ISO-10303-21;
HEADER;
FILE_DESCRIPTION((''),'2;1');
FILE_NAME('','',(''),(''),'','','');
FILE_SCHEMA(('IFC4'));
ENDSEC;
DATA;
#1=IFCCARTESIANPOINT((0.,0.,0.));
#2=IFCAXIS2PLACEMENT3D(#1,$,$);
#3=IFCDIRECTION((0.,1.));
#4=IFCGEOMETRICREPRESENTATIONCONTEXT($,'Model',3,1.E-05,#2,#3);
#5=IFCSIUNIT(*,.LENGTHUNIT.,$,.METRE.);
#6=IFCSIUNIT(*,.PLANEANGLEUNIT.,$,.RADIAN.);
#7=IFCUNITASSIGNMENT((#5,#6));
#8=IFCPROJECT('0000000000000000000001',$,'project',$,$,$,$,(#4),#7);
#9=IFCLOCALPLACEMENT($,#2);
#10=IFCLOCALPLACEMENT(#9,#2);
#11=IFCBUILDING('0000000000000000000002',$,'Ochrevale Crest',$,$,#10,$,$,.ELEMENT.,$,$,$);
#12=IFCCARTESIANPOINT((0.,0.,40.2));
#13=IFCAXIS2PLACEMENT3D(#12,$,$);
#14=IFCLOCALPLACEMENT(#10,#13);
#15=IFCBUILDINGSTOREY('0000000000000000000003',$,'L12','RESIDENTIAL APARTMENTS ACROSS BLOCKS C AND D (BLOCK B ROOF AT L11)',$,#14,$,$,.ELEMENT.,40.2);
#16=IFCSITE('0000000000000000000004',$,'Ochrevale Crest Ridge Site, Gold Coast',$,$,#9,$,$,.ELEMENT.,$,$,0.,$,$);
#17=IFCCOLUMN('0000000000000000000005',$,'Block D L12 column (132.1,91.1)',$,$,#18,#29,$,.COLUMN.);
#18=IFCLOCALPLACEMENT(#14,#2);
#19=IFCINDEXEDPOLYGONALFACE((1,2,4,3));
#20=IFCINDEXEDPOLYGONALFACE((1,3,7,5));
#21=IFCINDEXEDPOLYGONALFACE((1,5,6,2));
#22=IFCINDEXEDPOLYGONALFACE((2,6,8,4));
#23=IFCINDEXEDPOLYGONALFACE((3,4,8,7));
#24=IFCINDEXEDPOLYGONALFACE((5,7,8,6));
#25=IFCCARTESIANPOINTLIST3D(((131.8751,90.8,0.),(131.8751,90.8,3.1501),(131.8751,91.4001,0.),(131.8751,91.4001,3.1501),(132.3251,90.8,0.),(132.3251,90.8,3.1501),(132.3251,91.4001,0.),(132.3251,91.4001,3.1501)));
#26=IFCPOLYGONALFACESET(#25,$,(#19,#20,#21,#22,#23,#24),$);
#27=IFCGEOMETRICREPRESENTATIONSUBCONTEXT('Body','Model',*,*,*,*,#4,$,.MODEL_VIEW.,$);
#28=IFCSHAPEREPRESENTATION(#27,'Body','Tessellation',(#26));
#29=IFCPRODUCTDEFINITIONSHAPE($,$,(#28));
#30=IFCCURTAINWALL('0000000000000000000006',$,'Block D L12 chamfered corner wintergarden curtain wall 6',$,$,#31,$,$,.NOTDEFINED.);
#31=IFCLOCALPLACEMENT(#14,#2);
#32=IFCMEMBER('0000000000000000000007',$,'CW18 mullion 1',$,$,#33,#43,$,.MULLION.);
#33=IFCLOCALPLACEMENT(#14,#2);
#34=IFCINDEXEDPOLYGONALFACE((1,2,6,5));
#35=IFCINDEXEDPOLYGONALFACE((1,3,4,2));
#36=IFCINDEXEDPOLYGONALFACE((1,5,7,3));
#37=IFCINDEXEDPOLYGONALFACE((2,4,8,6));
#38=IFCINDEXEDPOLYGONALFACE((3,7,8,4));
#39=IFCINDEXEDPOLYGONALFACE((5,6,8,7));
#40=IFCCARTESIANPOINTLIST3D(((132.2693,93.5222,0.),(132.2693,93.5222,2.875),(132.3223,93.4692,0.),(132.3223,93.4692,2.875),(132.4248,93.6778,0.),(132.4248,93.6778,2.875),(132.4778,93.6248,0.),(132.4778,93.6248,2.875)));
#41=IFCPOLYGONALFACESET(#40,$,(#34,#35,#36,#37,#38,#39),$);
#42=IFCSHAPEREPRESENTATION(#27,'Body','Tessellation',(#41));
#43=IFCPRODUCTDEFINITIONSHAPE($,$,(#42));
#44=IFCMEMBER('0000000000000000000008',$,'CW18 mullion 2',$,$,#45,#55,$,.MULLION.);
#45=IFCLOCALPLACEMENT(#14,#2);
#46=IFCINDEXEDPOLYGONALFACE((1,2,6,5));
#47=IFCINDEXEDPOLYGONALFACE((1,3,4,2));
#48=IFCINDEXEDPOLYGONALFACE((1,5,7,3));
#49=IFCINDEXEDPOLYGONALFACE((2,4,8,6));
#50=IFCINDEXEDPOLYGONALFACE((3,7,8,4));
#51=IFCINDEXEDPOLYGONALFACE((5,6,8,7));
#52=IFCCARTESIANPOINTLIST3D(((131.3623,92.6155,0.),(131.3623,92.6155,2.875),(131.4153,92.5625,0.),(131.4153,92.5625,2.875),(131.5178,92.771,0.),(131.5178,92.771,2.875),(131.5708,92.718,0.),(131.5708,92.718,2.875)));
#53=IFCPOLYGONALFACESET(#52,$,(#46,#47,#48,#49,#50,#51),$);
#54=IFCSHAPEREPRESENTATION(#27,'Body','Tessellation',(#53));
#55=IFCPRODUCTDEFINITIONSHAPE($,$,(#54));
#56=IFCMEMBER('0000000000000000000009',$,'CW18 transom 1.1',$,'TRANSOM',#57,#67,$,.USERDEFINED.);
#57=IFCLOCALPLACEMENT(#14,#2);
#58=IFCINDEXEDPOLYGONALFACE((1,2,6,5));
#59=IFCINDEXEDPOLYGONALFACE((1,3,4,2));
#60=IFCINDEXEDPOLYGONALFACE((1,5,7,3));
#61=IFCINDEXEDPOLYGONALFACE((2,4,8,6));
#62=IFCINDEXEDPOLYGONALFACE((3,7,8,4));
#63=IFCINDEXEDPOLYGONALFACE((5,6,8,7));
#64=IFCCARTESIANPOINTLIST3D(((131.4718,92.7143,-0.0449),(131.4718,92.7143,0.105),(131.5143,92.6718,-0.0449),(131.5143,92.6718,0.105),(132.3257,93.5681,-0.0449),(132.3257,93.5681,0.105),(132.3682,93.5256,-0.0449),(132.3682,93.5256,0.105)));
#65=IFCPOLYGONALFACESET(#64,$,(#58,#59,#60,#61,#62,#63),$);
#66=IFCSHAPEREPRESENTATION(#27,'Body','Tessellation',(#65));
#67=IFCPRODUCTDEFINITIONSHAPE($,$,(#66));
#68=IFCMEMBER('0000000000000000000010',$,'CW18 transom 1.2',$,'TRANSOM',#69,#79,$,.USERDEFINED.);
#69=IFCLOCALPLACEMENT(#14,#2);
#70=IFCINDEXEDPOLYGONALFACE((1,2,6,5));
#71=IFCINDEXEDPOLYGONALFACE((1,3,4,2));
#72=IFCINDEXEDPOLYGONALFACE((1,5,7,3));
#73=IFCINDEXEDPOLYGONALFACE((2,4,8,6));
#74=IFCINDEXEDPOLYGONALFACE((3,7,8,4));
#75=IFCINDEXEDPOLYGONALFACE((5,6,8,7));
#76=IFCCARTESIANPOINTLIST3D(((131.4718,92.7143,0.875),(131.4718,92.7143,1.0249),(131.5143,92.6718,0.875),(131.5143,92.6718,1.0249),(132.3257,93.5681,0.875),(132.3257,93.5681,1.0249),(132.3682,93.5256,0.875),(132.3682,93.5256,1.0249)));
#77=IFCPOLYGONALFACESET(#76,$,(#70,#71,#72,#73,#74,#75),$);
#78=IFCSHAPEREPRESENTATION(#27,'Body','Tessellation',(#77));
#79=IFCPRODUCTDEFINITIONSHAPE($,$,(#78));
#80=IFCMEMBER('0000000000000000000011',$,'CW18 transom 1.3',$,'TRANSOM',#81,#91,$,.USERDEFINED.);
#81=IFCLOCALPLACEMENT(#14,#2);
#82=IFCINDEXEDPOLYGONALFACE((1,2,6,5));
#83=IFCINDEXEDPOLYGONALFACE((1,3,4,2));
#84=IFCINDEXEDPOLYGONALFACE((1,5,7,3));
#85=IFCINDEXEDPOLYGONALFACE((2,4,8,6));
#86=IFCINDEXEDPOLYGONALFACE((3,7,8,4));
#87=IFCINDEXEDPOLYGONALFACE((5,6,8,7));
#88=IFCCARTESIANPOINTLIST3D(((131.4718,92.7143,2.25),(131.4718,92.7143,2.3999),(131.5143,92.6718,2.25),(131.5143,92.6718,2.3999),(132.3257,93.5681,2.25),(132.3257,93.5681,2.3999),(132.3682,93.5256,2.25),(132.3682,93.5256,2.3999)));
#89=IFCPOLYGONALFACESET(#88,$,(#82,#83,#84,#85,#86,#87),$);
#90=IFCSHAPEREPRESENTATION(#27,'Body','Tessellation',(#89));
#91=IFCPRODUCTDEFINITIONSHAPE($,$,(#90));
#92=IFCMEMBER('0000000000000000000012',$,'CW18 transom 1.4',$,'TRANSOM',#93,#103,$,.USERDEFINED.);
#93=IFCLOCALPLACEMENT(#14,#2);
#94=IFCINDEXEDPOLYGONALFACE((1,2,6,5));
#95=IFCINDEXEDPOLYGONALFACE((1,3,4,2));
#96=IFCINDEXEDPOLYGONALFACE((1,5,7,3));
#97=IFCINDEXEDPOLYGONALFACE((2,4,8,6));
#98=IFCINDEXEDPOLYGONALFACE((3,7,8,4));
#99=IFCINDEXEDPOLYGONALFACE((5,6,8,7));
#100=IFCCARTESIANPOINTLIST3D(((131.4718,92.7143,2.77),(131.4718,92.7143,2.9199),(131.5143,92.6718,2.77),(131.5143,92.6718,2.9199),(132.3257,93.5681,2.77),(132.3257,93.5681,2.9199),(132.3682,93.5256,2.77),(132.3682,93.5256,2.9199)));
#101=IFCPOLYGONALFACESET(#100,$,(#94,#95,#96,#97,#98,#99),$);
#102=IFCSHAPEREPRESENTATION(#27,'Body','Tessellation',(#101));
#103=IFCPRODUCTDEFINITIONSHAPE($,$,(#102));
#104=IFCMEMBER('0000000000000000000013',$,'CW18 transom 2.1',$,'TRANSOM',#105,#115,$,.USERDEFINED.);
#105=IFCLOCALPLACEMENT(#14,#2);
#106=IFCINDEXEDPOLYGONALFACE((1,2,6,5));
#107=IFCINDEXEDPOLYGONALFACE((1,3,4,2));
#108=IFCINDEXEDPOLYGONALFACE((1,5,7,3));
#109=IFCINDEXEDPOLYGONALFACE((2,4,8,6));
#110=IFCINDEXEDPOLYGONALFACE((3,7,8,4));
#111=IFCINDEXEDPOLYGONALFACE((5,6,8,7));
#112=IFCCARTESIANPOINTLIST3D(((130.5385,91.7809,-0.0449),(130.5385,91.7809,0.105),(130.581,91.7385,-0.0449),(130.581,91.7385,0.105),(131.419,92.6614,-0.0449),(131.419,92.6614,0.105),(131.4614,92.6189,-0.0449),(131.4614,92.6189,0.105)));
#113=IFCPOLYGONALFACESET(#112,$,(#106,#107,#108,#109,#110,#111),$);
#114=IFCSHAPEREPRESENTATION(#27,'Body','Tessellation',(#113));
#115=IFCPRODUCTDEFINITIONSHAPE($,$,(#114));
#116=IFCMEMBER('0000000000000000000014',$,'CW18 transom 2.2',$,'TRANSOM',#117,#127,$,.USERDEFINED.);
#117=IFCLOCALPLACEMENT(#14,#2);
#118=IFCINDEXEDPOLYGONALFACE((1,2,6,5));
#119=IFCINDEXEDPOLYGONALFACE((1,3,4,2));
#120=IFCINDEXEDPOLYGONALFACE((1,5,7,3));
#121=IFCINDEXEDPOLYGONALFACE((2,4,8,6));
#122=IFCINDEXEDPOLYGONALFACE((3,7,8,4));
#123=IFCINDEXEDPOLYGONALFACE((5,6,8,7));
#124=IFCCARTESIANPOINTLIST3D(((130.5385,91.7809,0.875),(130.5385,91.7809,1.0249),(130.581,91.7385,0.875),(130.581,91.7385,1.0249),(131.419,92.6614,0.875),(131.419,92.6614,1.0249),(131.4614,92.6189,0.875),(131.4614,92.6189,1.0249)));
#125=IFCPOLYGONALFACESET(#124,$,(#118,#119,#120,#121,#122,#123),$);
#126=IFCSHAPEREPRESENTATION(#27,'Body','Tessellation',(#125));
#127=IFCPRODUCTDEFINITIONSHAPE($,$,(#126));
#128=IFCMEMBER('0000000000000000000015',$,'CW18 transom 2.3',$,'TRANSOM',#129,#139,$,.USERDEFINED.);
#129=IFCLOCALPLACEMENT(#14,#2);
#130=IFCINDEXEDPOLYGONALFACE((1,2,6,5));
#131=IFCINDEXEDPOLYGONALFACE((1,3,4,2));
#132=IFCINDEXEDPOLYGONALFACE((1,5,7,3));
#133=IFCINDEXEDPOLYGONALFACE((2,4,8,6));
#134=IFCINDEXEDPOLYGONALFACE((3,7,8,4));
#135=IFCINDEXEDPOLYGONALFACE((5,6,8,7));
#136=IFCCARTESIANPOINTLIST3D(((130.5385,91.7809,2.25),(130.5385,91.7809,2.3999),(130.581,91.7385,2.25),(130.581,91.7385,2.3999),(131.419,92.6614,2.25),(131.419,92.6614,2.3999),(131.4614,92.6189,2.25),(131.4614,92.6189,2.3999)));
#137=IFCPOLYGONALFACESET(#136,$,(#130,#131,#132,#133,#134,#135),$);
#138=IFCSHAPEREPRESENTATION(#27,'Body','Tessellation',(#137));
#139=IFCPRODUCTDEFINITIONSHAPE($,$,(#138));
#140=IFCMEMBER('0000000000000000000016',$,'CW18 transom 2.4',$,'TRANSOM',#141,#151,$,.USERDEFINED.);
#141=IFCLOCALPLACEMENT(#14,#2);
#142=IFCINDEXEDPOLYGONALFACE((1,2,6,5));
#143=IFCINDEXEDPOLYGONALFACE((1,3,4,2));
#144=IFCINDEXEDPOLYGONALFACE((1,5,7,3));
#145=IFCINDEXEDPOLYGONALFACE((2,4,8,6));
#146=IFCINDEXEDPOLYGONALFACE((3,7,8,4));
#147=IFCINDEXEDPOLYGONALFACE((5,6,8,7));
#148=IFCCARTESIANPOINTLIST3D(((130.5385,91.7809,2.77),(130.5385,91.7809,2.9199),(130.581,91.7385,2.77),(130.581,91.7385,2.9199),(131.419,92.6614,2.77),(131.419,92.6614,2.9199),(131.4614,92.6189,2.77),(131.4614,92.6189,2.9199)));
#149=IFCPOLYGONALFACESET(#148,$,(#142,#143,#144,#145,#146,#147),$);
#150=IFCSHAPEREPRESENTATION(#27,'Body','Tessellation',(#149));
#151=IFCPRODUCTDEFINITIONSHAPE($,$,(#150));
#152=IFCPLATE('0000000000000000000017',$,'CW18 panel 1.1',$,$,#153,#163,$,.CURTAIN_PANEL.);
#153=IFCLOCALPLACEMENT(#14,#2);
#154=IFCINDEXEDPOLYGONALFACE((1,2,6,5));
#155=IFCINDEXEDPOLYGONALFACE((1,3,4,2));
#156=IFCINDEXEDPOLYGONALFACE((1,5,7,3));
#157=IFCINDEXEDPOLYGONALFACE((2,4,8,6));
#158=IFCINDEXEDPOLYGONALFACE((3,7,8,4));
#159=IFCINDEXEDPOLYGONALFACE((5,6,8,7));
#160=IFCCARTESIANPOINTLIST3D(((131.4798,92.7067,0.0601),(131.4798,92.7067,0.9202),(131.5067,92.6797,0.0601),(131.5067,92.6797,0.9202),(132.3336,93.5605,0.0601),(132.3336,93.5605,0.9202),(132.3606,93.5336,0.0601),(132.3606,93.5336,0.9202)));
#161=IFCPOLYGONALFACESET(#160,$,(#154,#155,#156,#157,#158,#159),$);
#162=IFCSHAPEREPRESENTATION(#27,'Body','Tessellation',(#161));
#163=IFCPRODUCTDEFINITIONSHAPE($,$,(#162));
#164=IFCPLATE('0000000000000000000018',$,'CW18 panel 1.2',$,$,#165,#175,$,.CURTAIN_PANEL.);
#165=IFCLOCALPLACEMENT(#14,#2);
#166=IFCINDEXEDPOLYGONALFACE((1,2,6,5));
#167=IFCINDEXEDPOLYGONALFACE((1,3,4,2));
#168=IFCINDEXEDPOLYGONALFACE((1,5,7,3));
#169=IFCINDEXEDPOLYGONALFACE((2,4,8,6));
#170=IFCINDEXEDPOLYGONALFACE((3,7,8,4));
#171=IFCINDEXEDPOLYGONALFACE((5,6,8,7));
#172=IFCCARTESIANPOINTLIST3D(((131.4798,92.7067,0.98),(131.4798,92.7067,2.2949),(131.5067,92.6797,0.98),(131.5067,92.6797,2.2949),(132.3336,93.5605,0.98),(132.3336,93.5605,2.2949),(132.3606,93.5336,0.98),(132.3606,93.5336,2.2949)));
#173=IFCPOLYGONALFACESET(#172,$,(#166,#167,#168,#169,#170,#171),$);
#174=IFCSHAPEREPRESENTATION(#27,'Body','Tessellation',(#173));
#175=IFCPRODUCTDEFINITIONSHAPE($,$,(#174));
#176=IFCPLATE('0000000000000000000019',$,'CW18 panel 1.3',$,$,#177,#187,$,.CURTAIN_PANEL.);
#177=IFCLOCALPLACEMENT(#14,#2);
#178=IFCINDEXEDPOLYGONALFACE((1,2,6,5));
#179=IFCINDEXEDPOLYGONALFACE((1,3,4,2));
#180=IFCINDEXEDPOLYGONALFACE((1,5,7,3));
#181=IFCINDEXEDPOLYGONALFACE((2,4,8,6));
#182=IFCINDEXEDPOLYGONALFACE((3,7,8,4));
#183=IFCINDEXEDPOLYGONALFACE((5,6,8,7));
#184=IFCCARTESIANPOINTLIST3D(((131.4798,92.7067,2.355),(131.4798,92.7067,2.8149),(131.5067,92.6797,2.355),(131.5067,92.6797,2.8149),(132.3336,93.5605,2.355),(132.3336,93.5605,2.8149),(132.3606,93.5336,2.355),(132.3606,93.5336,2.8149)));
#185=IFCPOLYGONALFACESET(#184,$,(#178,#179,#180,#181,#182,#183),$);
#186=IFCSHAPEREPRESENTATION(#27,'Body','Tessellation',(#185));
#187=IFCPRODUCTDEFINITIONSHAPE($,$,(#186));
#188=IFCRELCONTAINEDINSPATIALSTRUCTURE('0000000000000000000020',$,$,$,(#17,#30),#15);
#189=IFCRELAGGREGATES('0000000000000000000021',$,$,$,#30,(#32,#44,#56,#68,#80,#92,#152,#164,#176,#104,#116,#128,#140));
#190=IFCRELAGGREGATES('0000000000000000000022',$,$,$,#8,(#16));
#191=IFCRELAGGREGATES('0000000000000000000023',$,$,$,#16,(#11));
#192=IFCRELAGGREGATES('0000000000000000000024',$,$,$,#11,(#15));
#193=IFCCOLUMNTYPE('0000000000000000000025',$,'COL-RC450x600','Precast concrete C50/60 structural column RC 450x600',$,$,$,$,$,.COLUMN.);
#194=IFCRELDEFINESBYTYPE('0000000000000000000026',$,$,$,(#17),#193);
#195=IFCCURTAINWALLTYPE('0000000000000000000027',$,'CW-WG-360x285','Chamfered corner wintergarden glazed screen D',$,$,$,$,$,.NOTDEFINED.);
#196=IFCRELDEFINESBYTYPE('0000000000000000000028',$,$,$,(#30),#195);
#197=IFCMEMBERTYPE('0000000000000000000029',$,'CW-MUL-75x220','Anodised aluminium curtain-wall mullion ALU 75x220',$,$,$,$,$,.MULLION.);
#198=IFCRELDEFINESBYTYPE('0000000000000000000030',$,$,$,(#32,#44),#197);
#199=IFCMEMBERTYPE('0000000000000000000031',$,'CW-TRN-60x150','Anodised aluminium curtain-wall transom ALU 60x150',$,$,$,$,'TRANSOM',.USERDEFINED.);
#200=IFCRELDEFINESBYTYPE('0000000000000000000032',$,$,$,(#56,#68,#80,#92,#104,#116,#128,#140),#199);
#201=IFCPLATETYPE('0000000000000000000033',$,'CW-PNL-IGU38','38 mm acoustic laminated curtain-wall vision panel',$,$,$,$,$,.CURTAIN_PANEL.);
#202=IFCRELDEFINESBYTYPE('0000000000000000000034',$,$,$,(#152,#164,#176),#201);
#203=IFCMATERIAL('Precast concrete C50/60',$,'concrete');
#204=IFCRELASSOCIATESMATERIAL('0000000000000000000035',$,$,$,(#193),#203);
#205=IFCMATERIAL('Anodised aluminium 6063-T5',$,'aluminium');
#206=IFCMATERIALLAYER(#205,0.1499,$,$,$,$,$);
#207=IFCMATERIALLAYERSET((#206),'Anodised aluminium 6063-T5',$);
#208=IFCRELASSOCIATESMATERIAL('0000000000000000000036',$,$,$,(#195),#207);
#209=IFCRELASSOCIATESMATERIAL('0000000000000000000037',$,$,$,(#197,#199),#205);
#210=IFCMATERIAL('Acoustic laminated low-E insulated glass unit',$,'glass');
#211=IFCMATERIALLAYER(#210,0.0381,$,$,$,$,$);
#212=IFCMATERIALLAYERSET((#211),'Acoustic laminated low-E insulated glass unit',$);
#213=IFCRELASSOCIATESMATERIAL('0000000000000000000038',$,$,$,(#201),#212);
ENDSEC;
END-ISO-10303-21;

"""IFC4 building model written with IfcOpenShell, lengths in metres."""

from ifc_helpers import new_model, si_unit, direction, frame, origin, origin_2d, place, context, subcontext, project, spatial, rectangle, extrude, material, layer, layer_set, material_profile, profile_set, type_object, element, aggregate, save


model = new_model("IFC4")

# Units and contexts
model_context = context("Model", 3, precision=1e-05, world=origin(), true_north=direction((0.0, 1.0)))
body_context = subcontext(model_context, "Body", "Model", "MODEL_VIEW")
ifc_project = project(units=[si_unit("LENGTHUNIT", "METRE"), si_unit("PLANEANGLEUNIT", "RADIAN")], contexts=[model_context])

# Site, building, storey
site_placement = place(None, origin())
site = spatial("IfcSite", under=ifc_project, at=site_placement, Name="Ochrevale Crest Ridge Site, Gold Coast", CompositionType="ELEMENT", RefElevation=0.0)
building_placement = place(site_placement, origin())
building = spatial("IfcBuilding", under=site, at=building_placement, Name="Ochrevale Crest", CompositionType="ELEMENT")
storey_placement = place(building_placement, frame((0.0, 0.0, 40.2)))
storey = spatial("IfcBuildingStorey", under=building, at=storey_placement, Name="L12", Description="RESIDENTIAL APARTMENTS ACROSS BLOCKS C AND D (BLOCK B ROOF AT L11)", CompositionType="ELEMENT", Elevation=40.2)

# Column
ifc_material_1 = material(Name="Precast concrete C50/60", Category="concrete")
ifc_material_profile_1 = material_profile(ifc_material_1, rectangle(XDim=0.45, YDim=0.6001, at=origin_2d()), Name="RC 450x600")
ifc_profile_set_1 = profile_set([ifc_material_profile_1], Name="Precast concrete C50/60")
column_type = type_object("IfcColumnType", Name="COL-RC450x600", Description="Precast concrete C50/60 structural column RC 450x600", PredefinedType="COLUMN", material=ifc_profile_set_1)
column_placement = place(storey_placement, frame((132.1001, 91.1001, 0.0), z_axis=(0.0, 0.0, 1.0), x_axis=(1.0, 0.0, 0.0)))
element("IfcColumn", 1, at=column_placement, inside=storey, type_object=column_type, Name="Block D L12 column (132.1,91.1)", PredefinedType="COLUMN", context=body_context, shape_type="SweptSolid", body=[
    extrude(rectangle(XDim=0.45, YDim=0.6001, at=origin_2d()), origin(), (0.0, 0.0, 1.0), 3.1501),
])

# Curtain wall, members, plates
ifc_material_2 = material(Name="Anodised aluminium 6063-T5", Category="aluminium")
ifc_layer_1 = layer(ifc_material_2, 0.1499)
ifc_layer_set_1 = layer_set([ifc_layer_1], Name="Anodised aluminium 6063-T5")
curtain_wall_type = type_object("IfcCurtainWallType", Name="CW-WG-360x285", Description="Chamfered corner wintergarden glazed screen D", PredefinedType="NOTDEFINED", material=ifc_layer_set_1)
curtain_wall_placement = place(storey_placement, origin())
curtain_wall = element("IfcCurtainWall", 2, at=curtain_wall_placement, inside=storey, type_object=curtain_wall_type, Name="Block D L12 chamfered corner wintergarden curtain wall 6", PredefinedType="NOTDEFINED")
ifc_material_profile_2 = material_profile(ifc_material_2, rectangle(XDim=0.075, YDim=0.22, at=origin_2d()), Name="ALU 75x220")
ifc_profile_set_2 = profile_set([ifc_material_profile_2], Name="Anodised aluminium 6063-T5")
member_type_1 = type_object("IfcMemberType", Name="CW-MUL-75x220", Description="Anodised aluminium curtain-wall mullion ALU 75x220", PredefinedType="MULLION", material=ifc_profile_set_2)
member_1_placement = place(storey_placement, frame((132.3735, 93.5735, 0.0), z_axis=(0.0, 0.0, 1.0), x_axis=(0.707107, -0.707107, 0.0)))
member_1 = element("IfcMember", 3, at=member_1_placement, type_object=member_type_1, Name="CW18 mullion 1", PredefinedType="MULLION", context=body_context, shape_type="SweptSolid", body=[
    extrude(rectangle(XDim=0.075, YDim=0.22, at=origin_2d()), origin(), (0.0, 0.0, 1.0), 2.875),
])
member_2_placement = place(storey_placement, frame((131.4666, 92.6667, 0.0), z_axis=(0.0, 0.0, 1.0), x_axis=(0.707107, -0.707107, 0.0)))
member_2 = element("IfcMember", 4, at=member_2_placement, type_object=member_type_1, Name="CW18 mullion 2", PredefinedType="MULLION", context=body_context, shape_type="SweptSolid", body=[
    extrude(rectangle(XDim=0.075, YDim=0.22, at=origin_2d()), origin(), (0.0, 0.0, 1.0), 2.875),
])
ifc_material_profile_3 = material_profile(ifc_material_2, rectangle(XDim=0.0601, YDim=0.1499, at=origin_2d()), Name="ALU 60x150")
ifc_profile_set_3 = profile_set([ifc_material_profile_3], Name="Anodised aluminium 6063-T5")
member_type_2 = type_object("IfcMemberType", Name="CW-TRN-60x150", Description="Anodised aluminium curtain-wall transom ALU 60x150", ElementType="TRANSOM", PredefinedType="USERDEFINED", material=ifc_profile_set_3)
member_3_placement = place(storey_placement, frame((132.3469, 93.5469, 0.03), z_axis=(-0.707107, -0.707107, 0.0), x_axis=(0.707107, -0.707107, 0.0)))
member_3 = element("IfcMember", 5, at=member_3_placement, type_object=member_type_2, Name="CW18 transom 1.1", ObjectType="TRANSOM", PredefinedType="USERDEFINED", context=body_context, shape_type="SweptSolid", body=[
    extrude(rectangle(XDim=0.0601, YDim=0.1499, at=origin_2d()), origin(), (0.0, 0.0, 1.0), 1.2075),
])
member_4_placement = place(storey_placement, frame((132.3469, 93.5469, 0.95), z_axis=(-0.707107, -0.707107, 0.0), x_axis=(0.707107, -0.707107, 0.0)))
member_4 = element("IfcMember", 6, at=member_4_placement, type_object=member_type_2, Name="CW18 transom 1.2", ObjectType="TRANSOM", PredefinedType="USERDEFINED", context=body_context, shape_type="SweptSolid", body=[
    extrude(rectangle(XDim=0.0601, YDim=0.1499, at=origin_2d()), origin(), (0.0, 0.0, 1.0), 1.2075),
])
member_5_placement = place(storey_placement, frame((132.3469, 93.5469, 2.325), z_axis=(-0.707107, -0.707107, 0.0), x_axis=(0.707107, -0.707107, 0.0)))
member_5 = element("IfcMember", 7, at=member_5_placement, type_object=member_type_2, Name="CW18 transom 1.3", ObjectType="TRANSOM", PredefinedType="USERDEFINED", context=body_context, shape_type="SweptSolid", body=[
    extrude(rectangle(XDim=0.0601, YDim=0.1499, at=origin_2d()), origin(), (0.0, 0.0, 1.0), 1.2075),
])
member_6_placement = place(storey_placement, frame((132.3469, 93.5469, 2.845), z_axis=(-0.707107, -0.707107, 0.0), x_axis=(0.707107, -0.707107, 0.0)))
member_6 = element("IfcMember", 8, at=member_6_placement, type_object=member_type_2, Name="CW18 transom 1.4", ObjectType="TRANSOM", PredefinedType="USERDEFINED", context=body_context, shape_type="SweptSolid", body=[
    extrude(rectangle(XDim=0.0601, YDim=0.1499, at=origin_2d()), origin(), (0.0, 0.0, 1.0), 1.2075),
])
member_7_placement = place(storey_placement, frame((131.4402, 92.6401, 0.03), z_axis=(-0.707107, -0.707107, 0.0), x_axis=(0.707107, -0.707107, 0.0)))
member_7 = element("IfcMember", 9, at=member_7_placement, type_object=member_type_2, Name="CW18 transom 2.1", ObjectType="TRANSOM", PredefinedType="USERDEFINED", context=body_context, shape_type="SweptSolid", body=[
    extrude(rectangle(XDim=0.0601, YDim=0.1499, at=origin_2d()), origin(), (0.0, 0.0, 1.0), 1.2451),
])
member_8_placement = place(storey_placement, frame((131.4402, 92.6401, 0.95), z_axis=(-0.707107, -0.707107, 0.0), x_axis=(0.707107, -0.707107, 0.0)))
member_8 = element("IfcMember", 10, at=member_8_placement, type_object=member_type_2, Name="CW18 transom 2.2", ObjectType="TRANSOM", PredefinedType="USERDEFINED", context=body_context, shape_type="SweptSolid", body=[
    extrude(rectangle(XDim=0.0601, YDim=0.1499, at=origin_2d()), origin(), (0.0, 0.0, 1.0), 1.2451),
])
member_9_placement = place(storey_placement, frame((131.4402, 92.6401, 2.325), z_axis=(-0.707107, -0.707107, 0.0), x_axis=(0.707107, -0.707107, 0.0)))
member_9 = element("IfcMember", 11, at=member_9_placement, type_object=member_type_2, Name="CW18 transom 2.3", ObjectType="TRANSOM", PredefinedType="USERDEFINED", context=body_context, shape_type="SweptSolid", body=[
    extrude(rectangle(XDim=0.0601, YDim=0.1499, at=origin_2d()), origin(), (0.0, 0.0, 1.0), 1.2451),
])
member_10_placement = place(storey_placement, frame((131.4402, 92.6401, 2.845), z_axis=(-0.707107, -0.707107, 0.0), x_axis=(0.707107, -0.707107, 0.0)))
member_10 = element("IfcMember", 12, at=member_10_placement, type_object=member_type_2, Name="CW18 transom 2.4", ObjectType="TRANSOM", PredefinedType="USERDEFINED", context=body_context, shape_type="SweptSolid", body=[
    extrude(rectangle(XDim=0.0601, YDim=0.1499, at=origin_2d()), origin(), (0.0, 0.0, 1.0), 1.2451),
])
ifc_material_3 = material(Name="Acoustic laminated low-E insulated glass unit", Category="glass")
ifc_layer_2 = layer(ifc_material_3, 0.0381)
ifc_layer_set_2 = layer_set([ifc_layer_2], Name="Acoustic laminated low-E insulated glass unit")
plate_type = type_object("IfcPlateType", Name="CW-PNL-IGU38", Description="38 mm acoustic laminated curtain-wall vision panel", PredefinedType="CURTAIN_PANEL", material=ifc_layer_set_2)
plate_1_placement = place(storey_placement, frame((131.9202, 93.1201, 0.0601), z_axis=(0.0, 0.0, 1.0), x_axis=(-0.707107, -0.707107, 0.0)))
plate_1 = element("IfcPlate", 13, at=plate_1_placement, type_object=plate_type, Name="CW18 panel 1.1", PredefinedType="CURTAIN_PANEL", context=body_context, shape_type="SweptSolid", body=[
    extrude(rectangle(XDim=1.2075, YDim=0.0381, at=origin_2d()), origin(), (0.0, 0.0, 1.0), 0.8601),
])
plate_2_placement = place(storey_placement, frame((131.9202, 93.1201, 0.98), z_axis=(0.0, 0.0, 1.0), x_axis=(-0.707107, -0.707107, 0.0)))
plate_2 = element("IfcPlate", 14, at=plate_2_placement, type_object=plate_type, Name="CW18 panel 1.2", PredefinedType="CURTAIN_PANEL", context=body_context, shape_type="SweptSolid", body=[
    extrude(rectangle(XDim=1.2075, YDim=0.0381, at=origin_2d()), origin(), (0.0, 0.0, 1.0), 1.3149),
])
plate_3_placement = place(storey_placement, frame((131.9202, 93.1201, 2.355), z_axis=(0.0, 0.0, 1.0), x_axis=(-0.707107, -0.707107, 0.0)))
plate_3 = element("IfcPlate", 15, at=plate_3_placement, type_object=plate_type, Name="CW18 panel 1.3", PredefinedType="CURTAIN_PANEL", context=body_context, shape_type="SweptSolid", body=[
    extrude(rectangle(XDim=1.2075, YDim=0.0381, at=origin_2d()), origin(), (0.0, 0.0, 1.0), 0.46),
])
aggregate(curtain_wall, [member_1, member_2, member_3, member_4, member_5, member_6, plate_1, plate_2, plate_3, member_7, member_8, member_9, member_10])

save(model, "model.ifc")
